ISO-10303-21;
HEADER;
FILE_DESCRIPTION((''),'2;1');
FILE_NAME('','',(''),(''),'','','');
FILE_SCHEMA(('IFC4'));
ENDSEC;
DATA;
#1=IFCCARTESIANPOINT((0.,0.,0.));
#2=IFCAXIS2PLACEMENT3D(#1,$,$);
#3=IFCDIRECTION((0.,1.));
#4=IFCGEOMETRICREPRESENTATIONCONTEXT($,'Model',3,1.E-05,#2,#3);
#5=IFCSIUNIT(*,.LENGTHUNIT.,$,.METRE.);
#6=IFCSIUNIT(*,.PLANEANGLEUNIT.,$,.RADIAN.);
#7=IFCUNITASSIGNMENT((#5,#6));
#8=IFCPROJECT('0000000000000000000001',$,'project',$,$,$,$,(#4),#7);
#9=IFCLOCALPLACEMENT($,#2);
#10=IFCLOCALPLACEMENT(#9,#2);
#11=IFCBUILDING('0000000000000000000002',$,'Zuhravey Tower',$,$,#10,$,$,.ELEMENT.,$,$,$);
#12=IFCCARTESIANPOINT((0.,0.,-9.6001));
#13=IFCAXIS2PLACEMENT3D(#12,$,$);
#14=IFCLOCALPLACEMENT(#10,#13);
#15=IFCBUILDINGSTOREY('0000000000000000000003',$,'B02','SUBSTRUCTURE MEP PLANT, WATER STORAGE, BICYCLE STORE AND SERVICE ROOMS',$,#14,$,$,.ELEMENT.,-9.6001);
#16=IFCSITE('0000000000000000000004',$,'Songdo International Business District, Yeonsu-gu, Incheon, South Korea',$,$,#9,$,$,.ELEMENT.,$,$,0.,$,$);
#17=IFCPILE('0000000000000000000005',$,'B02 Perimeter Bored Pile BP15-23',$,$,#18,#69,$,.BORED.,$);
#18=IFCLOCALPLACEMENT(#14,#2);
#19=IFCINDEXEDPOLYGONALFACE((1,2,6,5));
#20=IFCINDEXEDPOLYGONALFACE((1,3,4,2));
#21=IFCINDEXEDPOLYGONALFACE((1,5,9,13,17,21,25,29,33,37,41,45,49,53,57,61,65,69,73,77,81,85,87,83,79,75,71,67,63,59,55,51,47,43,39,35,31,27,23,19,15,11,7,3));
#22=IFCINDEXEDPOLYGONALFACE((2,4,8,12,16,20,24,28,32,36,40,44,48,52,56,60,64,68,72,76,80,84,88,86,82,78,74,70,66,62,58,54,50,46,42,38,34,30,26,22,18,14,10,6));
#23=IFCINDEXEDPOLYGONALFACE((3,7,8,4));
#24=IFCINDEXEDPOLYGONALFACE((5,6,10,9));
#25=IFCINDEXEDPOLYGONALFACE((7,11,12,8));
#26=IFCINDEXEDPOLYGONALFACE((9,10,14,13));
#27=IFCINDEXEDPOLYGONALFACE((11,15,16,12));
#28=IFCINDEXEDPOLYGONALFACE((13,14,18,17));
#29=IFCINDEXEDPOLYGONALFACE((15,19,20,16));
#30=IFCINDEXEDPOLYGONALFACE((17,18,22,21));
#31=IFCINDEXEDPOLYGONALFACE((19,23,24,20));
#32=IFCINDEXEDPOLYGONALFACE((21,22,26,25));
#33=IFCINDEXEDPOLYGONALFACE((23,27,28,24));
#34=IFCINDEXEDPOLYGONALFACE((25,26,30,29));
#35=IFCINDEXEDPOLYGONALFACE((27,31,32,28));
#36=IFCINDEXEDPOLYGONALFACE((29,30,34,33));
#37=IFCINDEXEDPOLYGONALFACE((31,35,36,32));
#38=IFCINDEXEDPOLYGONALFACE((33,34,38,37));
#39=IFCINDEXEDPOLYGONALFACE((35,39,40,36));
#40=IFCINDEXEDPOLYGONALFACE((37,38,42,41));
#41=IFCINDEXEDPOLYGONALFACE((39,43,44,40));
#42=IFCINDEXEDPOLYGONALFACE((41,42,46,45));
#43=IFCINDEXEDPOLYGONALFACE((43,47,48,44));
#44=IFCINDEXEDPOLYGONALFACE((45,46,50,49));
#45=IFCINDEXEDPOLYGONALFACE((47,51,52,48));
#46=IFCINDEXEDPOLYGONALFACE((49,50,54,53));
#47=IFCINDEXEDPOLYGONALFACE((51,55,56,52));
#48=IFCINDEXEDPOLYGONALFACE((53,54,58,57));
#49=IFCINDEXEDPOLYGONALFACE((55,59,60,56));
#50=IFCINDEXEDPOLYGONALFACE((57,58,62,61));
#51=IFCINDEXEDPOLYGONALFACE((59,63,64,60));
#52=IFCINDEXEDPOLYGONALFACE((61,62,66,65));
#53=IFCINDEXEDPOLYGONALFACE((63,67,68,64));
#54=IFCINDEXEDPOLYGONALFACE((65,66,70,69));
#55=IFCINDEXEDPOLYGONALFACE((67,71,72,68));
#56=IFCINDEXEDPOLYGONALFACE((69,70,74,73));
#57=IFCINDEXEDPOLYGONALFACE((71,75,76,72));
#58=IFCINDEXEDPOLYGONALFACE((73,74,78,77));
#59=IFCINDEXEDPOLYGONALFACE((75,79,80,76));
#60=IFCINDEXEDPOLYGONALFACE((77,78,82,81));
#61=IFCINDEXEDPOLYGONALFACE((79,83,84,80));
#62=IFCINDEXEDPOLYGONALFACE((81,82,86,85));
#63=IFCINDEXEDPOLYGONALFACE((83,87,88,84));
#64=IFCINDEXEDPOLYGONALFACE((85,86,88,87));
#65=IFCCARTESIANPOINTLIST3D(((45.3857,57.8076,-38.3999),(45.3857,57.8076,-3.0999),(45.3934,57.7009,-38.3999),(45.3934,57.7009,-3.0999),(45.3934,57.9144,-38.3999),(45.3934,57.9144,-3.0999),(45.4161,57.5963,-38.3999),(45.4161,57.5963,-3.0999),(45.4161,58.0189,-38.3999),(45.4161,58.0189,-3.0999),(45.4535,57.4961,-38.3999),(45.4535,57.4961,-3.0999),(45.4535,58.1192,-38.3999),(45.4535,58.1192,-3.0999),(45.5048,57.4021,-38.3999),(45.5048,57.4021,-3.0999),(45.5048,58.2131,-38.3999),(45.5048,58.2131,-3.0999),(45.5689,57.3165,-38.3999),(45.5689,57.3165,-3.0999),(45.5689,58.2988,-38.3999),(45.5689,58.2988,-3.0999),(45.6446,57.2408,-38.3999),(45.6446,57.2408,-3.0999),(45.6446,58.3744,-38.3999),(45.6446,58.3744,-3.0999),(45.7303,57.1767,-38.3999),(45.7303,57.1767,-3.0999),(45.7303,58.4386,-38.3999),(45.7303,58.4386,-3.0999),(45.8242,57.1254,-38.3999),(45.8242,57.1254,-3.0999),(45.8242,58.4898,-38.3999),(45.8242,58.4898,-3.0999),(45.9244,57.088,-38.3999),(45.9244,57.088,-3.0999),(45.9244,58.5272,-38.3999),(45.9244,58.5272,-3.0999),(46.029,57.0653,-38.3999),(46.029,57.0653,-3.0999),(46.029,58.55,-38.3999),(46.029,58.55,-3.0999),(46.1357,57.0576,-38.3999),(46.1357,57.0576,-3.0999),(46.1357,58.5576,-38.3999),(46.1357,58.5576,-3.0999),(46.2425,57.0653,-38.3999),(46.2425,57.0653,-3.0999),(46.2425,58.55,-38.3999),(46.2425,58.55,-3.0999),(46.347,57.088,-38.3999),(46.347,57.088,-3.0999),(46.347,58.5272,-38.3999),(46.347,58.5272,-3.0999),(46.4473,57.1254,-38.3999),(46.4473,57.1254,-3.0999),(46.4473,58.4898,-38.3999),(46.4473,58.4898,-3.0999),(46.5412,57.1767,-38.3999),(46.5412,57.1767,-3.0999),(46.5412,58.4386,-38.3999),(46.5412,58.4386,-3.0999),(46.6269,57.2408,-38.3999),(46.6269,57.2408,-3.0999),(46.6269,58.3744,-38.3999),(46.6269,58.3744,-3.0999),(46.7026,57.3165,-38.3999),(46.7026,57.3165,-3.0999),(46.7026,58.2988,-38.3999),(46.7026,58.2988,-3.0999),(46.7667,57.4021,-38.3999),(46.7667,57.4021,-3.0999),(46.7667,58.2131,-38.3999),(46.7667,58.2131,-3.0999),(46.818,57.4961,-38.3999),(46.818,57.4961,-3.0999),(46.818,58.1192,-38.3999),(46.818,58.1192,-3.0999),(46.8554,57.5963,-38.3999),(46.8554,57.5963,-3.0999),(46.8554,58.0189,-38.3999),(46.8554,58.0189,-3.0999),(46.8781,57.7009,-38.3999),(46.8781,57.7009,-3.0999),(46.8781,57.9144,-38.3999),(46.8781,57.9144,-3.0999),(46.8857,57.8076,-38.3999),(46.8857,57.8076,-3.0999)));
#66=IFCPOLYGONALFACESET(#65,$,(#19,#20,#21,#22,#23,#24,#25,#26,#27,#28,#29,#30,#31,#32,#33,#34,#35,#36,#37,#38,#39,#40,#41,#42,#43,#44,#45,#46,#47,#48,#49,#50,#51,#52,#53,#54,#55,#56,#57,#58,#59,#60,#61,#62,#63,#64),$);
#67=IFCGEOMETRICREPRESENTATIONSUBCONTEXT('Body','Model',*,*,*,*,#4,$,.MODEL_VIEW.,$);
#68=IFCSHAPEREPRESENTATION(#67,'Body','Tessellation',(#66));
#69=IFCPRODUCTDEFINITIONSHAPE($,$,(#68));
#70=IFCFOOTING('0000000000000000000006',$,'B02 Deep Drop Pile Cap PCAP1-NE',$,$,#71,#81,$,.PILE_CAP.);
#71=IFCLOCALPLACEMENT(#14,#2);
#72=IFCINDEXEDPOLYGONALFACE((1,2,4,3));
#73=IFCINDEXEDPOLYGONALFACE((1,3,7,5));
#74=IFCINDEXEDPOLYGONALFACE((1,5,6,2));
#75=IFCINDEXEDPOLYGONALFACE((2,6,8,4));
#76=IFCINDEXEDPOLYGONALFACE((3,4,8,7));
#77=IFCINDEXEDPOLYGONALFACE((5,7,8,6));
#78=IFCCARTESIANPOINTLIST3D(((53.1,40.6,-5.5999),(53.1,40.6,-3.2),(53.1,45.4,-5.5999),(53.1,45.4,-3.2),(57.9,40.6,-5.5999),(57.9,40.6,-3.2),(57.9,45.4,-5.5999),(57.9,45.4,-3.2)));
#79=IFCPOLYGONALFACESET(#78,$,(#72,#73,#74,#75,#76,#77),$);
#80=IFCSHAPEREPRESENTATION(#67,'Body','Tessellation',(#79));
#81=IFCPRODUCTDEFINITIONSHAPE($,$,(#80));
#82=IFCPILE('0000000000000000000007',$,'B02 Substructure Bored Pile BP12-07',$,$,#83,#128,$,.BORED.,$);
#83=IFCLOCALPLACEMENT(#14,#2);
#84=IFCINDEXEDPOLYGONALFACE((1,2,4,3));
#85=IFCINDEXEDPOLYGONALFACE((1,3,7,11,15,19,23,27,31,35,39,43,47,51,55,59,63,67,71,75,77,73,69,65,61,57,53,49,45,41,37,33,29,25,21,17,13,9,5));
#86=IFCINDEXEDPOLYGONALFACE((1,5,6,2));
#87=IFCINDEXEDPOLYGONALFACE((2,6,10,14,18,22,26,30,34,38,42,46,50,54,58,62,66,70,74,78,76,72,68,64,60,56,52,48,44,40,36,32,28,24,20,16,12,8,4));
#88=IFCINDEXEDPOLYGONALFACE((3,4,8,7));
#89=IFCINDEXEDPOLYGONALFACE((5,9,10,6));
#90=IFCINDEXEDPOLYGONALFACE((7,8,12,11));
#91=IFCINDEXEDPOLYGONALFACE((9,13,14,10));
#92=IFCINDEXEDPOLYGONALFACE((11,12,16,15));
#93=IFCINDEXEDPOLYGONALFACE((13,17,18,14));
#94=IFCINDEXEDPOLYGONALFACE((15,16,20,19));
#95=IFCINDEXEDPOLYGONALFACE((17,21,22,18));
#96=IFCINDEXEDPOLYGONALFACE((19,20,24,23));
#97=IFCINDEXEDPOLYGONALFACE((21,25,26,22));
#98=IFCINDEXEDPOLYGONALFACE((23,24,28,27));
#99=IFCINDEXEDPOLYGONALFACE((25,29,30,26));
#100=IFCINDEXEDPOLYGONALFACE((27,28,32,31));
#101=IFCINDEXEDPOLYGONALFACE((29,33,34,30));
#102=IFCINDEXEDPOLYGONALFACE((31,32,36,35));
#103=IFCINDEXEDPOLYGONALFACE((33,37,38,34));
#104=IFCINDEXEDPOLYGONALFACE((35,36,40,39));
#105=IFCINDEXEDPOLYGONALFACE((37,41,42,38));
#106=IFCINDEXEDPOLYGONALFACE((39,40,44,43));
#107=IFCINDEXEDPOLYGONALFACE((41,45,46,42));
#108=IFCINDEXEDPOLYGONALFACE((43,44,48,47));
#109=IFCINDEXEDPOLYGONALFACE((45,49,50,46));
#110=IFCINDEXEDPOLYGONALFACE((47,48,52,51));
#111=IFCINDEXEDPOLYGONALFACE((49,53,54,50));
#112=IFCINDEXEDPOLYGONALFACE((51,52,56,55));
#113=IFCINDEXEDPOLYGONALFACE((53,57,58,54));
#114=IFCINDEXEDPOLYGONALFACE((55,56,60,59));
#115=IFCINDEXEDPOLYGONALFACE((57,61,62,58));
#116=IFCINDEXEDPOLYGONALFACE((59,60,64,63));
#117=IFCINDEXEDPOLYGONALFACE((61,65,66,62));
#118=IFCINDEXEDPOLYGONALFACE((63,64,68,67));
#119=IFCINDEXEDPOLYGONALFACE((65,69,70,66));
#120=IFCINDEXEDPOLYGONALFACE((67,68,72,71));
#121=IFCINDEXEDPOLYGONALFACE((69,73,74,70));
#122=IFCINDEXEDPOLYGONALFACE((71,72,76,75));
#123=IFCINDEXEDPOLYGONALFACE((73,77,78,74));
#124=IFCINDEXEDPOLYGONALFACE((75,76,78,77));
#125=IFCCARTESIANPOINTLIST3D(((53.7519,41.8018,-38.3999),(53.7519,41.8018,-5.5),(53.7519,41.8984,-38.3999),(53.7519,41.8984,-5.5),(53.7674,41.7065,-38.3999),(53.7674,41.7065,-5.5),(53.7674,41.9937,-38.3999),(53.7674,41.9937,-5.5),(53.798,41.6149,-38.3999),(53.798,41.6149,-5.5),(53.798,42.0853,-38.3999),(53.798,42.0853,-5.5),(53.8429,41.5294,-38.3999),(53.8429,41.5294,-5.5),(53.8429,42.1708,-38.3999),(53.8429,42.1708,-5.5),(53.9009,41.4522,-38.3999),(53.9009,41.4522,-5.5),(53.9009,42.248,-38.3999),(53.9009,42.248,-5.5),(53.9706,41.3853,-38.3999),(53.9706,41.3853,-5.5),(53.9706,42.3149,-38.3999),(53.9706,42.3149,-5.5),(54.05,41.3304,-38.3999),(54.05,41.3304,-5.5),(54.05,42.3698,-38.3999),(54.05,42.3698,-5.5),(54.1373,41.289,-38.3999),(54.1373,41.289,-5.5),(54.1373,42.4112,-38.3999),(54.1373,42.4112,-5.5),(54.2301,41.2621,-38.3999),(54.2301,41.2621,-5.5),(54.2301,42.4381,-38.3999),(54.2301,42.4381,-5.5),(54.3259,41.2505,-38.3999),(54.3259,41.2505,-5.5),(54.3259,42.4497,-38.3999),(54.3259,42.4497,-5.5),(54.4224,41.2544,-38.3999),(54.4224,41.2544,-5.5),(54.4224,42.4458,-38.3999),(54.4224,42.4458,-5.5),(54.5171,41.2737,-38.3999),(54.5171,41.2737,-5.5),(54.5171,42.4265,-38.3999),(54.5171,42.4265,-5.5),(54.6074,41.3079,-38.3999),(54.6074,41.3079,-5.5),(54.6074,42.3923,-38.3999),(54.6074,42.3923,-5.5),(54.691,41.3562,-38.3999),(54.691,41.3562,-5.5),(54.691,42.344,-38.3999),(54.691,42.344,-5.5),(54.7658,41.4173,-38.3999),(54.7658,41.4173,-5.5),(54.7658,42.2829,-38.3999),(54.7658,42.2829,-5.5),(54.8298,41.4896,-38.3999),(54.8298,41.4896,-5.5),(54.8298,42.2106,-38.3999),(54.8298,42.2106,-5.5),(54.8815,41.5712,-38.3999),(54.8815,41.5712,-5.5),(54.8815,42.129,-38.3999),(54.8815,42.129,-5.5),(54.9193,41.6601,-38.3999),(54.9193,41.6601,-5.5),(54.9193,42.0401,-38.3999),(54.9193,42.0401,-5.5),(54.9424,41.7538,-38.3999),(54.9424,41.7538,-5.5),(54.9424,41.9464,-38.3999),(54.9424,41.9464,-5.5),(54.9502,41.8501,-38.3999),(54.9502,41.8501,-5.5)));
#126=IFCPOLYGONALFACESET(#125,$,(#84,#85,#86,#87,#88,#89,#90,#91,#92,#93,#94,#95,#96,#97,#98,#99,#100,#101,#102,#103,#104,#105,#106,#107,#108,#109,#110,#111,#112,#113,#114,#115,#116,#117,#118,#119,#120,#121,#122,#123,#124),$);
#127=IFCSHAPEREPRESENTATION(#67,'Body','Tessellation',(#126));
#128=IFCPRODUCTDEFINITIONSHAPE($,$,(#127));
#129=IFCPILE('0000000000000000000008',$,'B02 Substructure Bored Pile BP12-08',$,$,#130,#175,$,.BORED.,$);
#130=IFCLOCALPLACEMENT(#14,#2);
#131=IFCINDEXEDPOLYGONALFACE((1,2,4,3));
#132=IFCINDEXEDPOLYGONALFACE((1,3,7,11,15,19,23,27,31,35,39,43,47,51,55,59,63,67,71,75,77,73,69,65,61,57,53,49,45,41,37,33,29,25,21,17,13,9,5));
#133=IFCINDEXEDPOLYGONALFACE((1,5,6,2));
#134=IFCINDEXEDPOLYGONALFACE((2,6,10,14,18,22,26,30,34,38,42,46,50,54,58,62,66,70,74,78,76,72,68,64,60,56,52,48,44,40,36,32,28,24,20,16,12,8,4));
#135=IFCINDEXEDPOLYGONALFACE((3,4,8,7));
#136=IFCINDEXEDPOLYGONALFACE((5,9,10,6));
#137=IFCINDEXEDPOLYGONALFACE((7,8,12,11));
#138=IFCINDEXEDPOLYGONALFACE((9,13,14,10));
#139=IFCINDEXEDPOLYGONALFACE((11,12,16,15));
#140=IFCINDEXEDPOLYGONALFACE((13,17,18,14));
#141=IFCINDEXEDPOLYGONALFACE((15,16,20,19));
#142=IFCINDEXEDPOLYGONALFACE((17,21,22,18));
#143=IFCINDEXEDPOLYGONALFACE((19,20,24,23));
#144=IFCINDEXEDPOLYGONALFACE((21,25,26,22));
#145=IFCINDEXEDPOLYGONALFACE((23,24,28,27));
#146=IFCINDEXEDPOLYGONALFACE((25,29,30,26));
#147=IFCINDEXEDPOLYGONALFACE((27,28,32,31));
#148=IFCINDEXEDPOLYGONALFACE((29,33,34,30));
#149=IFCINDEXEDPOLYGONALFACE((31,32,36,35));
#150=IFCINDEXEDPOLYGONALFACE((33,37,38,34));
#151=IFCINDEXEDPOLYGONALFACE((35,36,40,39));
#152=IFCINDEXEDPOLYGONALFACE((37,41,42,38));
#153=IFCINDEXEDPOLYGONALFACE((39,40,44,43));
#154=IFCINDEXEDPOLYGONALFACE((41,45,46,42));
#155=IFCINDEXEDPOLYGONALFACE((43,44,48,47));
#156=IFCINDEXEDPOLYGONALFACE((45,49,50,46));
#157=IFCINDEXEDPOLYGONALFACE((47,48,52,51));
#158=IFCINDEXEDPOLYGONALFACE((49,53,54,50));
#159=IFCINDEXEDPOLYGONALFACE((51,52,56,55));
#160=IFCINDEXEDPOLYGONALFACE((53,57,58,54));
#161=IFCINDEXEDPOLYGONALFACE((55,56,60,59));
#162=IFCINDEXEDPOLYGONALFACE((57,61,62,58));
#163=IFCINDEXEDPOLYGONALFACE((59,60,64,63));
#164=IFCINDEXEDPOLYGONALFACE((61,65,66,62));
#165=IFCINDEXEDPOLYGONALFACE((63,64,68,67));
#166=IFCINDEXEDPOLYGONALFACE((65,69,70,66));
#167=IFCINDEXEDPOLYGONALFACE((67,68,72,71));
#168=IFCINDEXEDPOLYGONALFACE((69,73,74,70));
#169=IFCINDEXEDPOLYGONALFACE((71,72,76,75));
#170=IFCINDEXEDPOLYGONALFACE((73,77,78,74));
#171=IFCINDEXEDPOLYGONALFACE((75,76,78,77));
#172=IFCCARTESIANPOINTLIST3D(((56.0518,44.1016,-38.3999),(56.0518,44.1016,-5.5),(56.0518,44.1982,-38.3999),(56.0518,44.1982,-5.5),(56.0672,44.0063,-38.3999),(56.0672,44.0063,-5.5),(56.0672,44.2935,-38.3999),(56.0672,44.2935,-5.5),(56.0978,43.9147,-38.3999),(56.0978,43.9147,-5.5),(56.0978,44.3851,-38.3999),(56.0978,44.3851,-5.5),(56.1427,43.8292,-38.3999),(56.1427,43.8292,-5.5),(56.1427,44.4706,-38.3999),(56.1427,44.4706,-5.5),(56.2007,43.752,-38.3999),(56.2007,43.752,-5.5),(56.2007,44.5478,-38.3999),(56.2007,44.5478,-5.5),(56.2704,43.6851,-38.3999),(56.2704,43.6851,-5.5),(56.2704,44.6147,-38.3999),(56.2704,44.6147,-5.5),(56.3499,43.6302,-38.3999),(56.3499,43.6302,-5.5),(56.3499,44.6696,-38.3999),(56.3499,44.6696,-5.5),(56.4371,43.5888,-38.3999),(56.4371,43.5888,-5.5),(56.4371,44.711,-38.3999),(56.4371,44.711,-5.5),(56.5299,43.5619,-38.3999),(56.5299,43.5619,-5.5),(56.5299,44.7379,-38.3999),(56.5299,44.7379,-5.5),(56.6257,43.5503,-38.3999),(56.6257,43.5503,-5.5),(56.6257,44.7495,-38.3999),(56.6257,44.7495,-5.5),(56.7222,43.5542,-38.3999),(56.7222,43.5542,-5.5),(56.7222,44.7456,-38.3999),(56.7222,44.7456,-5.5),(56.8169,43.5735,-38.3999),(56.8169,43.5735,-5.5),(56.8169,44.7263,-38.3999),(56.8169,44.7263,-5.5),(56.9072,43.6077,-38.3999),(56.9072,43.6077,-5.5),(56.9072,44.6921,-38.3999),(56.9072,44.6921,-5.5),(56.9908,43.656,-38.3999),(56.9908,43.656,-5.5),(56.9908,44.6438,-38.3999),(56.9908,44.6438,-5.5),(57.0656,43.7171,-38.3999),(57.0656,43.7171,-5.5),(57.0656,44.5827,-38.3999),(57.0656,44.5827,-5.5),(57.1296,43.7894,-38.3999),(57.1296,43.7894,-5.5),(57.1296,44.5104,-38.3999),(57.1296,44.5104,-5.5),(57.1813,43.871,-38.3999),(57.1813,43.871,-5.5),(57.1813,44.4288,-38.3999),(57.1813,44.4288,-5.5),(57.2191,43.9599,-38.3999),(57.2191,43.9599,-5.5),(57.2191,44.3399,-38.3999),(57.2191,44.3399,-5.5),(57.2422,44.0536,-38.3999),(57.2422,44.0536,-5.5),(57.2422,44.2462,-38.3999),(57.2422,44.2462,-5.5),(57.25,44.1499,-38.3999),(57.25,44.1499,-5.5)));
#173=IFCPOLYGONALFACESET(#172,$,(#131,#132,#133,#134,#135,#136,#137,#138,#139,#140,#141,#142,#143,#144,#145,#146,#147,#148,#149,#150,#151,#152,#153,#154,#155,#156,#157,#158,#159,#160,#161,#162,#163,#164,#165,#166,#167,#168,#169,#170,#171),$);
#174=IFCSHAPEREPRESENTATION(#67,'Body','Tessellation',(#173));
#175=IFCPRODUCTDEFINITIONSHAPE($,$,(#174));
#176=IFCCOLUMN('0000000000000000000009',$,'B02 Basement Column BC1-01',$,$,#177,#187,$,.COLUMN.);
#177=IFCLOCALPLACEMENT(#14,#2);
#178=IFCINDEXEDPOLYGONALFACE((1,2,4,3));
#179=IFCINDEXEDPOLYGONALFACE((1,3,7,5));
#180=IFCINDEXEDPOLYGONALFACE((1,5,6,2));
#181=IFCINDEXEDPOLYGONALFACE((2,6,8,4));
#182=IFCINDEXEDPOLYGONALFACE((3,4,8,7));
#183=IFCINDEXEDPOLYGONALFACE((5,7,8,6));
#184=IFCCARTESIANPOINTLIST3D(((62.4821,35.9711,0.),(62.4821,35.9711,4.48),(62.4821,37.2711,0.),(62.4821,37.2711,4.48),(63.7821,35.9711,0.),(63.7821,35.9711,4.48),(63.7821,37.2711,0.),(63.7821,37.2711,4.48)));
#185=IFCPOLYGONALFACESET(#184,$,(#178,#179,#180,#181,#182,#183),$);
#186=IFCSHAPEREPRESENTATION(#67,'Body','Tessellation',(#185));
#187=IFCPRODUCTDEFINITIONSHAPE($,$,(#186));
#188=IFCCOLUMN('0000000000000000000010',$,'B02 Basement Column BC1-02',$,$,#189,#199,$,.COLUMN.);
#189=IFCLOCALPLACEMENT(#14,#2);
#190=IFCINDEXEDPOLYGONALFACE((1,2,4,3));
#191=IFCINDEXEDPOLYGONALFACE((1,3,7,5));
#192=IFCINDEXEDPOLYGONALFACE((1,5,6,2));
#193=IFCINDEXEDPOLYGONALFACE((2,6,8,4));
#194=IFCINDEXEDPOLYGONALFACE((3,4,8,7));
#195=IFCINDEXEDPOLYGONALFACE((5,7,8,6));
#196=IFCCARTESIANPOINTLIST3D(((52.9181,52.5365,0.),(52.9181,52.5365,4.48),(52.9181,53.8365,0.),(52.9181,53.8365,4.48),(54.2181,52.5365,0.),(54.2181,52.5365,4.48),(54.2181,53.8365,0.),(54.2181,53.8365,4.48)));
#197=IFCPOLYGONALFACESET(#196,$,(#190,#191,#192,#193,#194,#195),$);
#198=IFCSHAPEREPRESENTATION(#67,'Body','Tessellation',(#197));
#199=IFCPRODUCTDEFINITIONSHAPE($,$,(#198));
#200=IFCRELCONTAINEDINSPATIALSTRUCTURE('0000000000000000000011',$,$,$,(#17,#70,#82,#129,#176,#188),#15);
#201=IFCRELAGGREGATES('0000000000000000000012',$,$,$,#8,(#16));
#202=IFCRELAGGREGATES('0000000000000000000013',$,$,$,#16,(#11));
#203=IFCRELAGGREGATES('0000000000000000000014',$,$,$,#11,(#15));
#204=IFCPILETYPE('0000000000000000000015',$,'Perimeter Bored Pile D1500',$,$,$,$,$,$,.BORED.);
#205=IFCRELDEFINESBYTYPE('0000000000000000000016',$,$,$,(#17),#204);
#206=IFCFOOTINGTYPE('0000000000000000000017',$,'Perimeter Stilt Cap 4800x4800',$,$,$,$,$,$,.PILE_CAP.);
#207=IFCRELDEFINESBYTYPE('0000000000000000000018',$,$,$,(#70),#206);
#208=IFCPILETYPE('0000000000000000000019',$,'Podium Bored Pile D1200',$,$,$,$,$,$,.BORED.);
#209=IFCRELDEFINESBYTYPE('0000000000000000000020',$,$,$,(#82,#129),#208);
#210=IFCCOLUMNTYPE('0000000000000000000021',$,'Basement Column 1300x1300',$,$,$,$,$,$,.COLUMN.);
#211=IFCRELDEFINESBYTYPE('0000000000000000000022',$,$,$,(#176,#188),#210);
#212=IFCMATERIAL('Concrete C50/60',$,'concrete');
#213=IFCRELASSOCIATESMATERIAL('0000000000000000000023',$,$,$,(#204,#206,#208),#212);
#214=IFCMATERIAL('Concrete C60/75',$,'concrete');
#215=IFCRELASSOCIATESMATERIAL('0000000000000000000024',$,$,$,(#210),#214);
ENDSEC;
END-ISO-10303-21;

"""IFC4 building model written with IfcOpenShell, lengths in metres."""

from ifc_helpers import new_model, si_unit, direction, frame, origin, origin_2d, place, context, subcontext, project, spatial, rectangle, circle, extrude, material, material_profile, profile_set, type_object, element, save


model = new_model("IFC4")

# Units and contexts
model_context = context("Model", 3, precision=1e-05, world=origin(), true_north=direction((0.0, 1.0)))
body_context = subcontext(model_context, "Body", "Model", "MODEL_VIEW")
ifc_project = project(units=[si_unit("LENGTHUNIT", "METRE"), si_unit("PLANEANGLEUNIT", "RADIAN")], contexts=[model_context])

# Site, building, storey
site_placement = place(None, origin())
site = spatial("IfcSite", under=ifc_project, at=site_placement, Name="Songdo International Business District, Yeonsu-gu, Incheon, South Korea", CompositionType="ELEMENT", RefElevation=0.0)
building_placement = place(site_placement, origin())
building = spatial("IfcBuilding", under=site, at=building_placement, Name="Zuhravey Tower", CompositionType="ELEMENT")
storey_placement = place(building_placement, frame((0.0, 0.0, -9.6001)))
storey = spatial("IfcBuildingStorey", under=building, at=storey_placement, Name="B02", Description="SUBSTRUCTURE MEP PLANT, WATER STORAGE, BICYCLE STORE AND SERVICE ROOMS", CompositionType="ELEMENT", Elevation=-9.6001)

# Pile
ifc_material_1 = material(Name="Concrete C50/60", Category="concrete")
ifc_material_profile_1 = material_profile(ifc_material_1, circle(Radius=0.75, at=origin_2d()), Name="PILE-D1500")
ifc_profile_set_1 = profile_set([ifc_material_profile_1], Name="Concrete C50/60")
pile_type_1 = type_object("IfcPileType", Name="Perimeter Bored Pile D1500", PredefinedType="BORED", material=ifc_profile_set_1)
for number, where, z_axis, x_axis, name in (
    (1, (46.1357, 57.8076, -3.0999), (0.0, 0.0, -1.0), (1.0, 0.0, 0.0), "B02 Perimeter Bored Pile BP15-23"),
):
    element("IfcPile", number, at=place(storey_placement, frame(where, z_axis=z_axis, x_axis=x_axis)), inside=storey, type_object=pile_type_1, Name=name, PredefinedType="BORED", context=body_context, shape_type="SweptSolid", body=[
        extrude(circle(Radius=0.75, at=origin_2d()), origin(), (0.0, 0.0, 1.0), 35.3),
    ])

# Footing
footing_type = type_object("IfcFootingType", Name="Perimeter Stilt Cap 4800x4800", PredefinedType="PILE_CAP", material=ifc_material_1)
footing_placement = place(storey_placement, frame((55.5, 43.0, -5.5999), z_axis=(0.0, 0.0, 1.0), x_axis=(1.0, 0.0, 0.0)))
element("IfcFooting", 2, at=footing_placement, inside=storey, type_object=footing_type, Name="B02 Deep Drop Pile Cap PCAP1-NE", PredefinedType="PILE_CAP", context=body_context, shape_type="SweptSolid", body=[
    extrude(rectangle(XDim=4.8, YDim=4.8, at=origin_2d()), origin(), (0.0, 0.0, 1.0), 2.3999),
])

# Piles
ifc_material_profile_2 = material_profile(ifc_material_1, circle(Radius=0.6001, at=origin_2d()), Name="PILE-D1200")
ifc_profile_set_2 = profile_set([ifc_material_profile_2], Name="Concrete C50/60")
pile_type_2 = type_object("IfcPileType", Name="Podium Bored Pile D1200", PredefinedType="BORED", material=ifc_profile_set_2)
for number, where, z_axis, x_axis, name in (
    (3, (54.3501, 41.8501, -5.5), (0.0, 0.0, -1.0), (1.0, 0.0, 0.0), "B02 Substructure Bored Pile BP12-07"),
    (4, (56.6499, 44.1499, -5.5), (0.0, 0.0, -1.0), (1.0, 0.0, 0.0), "B02 Substructure Bored Pile BP12-08"),
):
    element("IfcPile", number, at=place(storey_placement, frame(where, z_axis=z_axis, x_axis=x_axis)), inside=storey, type_object=pile_type_2, Name=name, PredefinedType="BORED", context=body_context, shape_type="SweptSolid", body=[
        extrude(circle(Radius=0.6001, at=origin_2d()), origin(), (0.0, 0.0, 1.0), 32.8999),
    ])

# Columns
ifc_material_2 = material(Name="Concrete C60/75", Category="concrete")
ifc_material_profile_3 = material_profile(ifc_material_2, rectangle(XDim=1.3, YDim=1.3, at=origin_2d()), Name="RC-1300x1300")
ifc_profile_set_3 = profile_set([ifc_material_profile_3], Name="Concrete C60/75")
column_type = type_object("IfcColumnType", Name="Basement Column 1300x1300", PredefinedType="COLUMN", material=ifc_profile_set_3)
for number, where, z_axis, x_axis, name in (
    (5, (63.1321, 36.6211, 0.0), (0.0, 0.0, 1.0), (1.0, 0.0, 0.0), "B02 Basement Column BC1-01"),
    (6, (53.5681, 53.1865, 0.0), (0.0, 0.0, 1.0), (1.0, 0.0, 0.0), "B02 Basement Column BC1-02"),
):
    element("IfcColumn", number, at=place(storey_placement, frame(where, z_axis=z_axis, x_axis=x_axis)), inside=storey, type_object=column_type, Name=name, PredefinedType="COLUMN", context=body_context, shape_type="SweptSolid", body=[
        extrude(rectangle(XDim=1.3, YDim=1.3, at=origin_2d()), origin(), (0.0, 0.0, 1.0), 4.48),
    ])

save(model, "model.ifc")
